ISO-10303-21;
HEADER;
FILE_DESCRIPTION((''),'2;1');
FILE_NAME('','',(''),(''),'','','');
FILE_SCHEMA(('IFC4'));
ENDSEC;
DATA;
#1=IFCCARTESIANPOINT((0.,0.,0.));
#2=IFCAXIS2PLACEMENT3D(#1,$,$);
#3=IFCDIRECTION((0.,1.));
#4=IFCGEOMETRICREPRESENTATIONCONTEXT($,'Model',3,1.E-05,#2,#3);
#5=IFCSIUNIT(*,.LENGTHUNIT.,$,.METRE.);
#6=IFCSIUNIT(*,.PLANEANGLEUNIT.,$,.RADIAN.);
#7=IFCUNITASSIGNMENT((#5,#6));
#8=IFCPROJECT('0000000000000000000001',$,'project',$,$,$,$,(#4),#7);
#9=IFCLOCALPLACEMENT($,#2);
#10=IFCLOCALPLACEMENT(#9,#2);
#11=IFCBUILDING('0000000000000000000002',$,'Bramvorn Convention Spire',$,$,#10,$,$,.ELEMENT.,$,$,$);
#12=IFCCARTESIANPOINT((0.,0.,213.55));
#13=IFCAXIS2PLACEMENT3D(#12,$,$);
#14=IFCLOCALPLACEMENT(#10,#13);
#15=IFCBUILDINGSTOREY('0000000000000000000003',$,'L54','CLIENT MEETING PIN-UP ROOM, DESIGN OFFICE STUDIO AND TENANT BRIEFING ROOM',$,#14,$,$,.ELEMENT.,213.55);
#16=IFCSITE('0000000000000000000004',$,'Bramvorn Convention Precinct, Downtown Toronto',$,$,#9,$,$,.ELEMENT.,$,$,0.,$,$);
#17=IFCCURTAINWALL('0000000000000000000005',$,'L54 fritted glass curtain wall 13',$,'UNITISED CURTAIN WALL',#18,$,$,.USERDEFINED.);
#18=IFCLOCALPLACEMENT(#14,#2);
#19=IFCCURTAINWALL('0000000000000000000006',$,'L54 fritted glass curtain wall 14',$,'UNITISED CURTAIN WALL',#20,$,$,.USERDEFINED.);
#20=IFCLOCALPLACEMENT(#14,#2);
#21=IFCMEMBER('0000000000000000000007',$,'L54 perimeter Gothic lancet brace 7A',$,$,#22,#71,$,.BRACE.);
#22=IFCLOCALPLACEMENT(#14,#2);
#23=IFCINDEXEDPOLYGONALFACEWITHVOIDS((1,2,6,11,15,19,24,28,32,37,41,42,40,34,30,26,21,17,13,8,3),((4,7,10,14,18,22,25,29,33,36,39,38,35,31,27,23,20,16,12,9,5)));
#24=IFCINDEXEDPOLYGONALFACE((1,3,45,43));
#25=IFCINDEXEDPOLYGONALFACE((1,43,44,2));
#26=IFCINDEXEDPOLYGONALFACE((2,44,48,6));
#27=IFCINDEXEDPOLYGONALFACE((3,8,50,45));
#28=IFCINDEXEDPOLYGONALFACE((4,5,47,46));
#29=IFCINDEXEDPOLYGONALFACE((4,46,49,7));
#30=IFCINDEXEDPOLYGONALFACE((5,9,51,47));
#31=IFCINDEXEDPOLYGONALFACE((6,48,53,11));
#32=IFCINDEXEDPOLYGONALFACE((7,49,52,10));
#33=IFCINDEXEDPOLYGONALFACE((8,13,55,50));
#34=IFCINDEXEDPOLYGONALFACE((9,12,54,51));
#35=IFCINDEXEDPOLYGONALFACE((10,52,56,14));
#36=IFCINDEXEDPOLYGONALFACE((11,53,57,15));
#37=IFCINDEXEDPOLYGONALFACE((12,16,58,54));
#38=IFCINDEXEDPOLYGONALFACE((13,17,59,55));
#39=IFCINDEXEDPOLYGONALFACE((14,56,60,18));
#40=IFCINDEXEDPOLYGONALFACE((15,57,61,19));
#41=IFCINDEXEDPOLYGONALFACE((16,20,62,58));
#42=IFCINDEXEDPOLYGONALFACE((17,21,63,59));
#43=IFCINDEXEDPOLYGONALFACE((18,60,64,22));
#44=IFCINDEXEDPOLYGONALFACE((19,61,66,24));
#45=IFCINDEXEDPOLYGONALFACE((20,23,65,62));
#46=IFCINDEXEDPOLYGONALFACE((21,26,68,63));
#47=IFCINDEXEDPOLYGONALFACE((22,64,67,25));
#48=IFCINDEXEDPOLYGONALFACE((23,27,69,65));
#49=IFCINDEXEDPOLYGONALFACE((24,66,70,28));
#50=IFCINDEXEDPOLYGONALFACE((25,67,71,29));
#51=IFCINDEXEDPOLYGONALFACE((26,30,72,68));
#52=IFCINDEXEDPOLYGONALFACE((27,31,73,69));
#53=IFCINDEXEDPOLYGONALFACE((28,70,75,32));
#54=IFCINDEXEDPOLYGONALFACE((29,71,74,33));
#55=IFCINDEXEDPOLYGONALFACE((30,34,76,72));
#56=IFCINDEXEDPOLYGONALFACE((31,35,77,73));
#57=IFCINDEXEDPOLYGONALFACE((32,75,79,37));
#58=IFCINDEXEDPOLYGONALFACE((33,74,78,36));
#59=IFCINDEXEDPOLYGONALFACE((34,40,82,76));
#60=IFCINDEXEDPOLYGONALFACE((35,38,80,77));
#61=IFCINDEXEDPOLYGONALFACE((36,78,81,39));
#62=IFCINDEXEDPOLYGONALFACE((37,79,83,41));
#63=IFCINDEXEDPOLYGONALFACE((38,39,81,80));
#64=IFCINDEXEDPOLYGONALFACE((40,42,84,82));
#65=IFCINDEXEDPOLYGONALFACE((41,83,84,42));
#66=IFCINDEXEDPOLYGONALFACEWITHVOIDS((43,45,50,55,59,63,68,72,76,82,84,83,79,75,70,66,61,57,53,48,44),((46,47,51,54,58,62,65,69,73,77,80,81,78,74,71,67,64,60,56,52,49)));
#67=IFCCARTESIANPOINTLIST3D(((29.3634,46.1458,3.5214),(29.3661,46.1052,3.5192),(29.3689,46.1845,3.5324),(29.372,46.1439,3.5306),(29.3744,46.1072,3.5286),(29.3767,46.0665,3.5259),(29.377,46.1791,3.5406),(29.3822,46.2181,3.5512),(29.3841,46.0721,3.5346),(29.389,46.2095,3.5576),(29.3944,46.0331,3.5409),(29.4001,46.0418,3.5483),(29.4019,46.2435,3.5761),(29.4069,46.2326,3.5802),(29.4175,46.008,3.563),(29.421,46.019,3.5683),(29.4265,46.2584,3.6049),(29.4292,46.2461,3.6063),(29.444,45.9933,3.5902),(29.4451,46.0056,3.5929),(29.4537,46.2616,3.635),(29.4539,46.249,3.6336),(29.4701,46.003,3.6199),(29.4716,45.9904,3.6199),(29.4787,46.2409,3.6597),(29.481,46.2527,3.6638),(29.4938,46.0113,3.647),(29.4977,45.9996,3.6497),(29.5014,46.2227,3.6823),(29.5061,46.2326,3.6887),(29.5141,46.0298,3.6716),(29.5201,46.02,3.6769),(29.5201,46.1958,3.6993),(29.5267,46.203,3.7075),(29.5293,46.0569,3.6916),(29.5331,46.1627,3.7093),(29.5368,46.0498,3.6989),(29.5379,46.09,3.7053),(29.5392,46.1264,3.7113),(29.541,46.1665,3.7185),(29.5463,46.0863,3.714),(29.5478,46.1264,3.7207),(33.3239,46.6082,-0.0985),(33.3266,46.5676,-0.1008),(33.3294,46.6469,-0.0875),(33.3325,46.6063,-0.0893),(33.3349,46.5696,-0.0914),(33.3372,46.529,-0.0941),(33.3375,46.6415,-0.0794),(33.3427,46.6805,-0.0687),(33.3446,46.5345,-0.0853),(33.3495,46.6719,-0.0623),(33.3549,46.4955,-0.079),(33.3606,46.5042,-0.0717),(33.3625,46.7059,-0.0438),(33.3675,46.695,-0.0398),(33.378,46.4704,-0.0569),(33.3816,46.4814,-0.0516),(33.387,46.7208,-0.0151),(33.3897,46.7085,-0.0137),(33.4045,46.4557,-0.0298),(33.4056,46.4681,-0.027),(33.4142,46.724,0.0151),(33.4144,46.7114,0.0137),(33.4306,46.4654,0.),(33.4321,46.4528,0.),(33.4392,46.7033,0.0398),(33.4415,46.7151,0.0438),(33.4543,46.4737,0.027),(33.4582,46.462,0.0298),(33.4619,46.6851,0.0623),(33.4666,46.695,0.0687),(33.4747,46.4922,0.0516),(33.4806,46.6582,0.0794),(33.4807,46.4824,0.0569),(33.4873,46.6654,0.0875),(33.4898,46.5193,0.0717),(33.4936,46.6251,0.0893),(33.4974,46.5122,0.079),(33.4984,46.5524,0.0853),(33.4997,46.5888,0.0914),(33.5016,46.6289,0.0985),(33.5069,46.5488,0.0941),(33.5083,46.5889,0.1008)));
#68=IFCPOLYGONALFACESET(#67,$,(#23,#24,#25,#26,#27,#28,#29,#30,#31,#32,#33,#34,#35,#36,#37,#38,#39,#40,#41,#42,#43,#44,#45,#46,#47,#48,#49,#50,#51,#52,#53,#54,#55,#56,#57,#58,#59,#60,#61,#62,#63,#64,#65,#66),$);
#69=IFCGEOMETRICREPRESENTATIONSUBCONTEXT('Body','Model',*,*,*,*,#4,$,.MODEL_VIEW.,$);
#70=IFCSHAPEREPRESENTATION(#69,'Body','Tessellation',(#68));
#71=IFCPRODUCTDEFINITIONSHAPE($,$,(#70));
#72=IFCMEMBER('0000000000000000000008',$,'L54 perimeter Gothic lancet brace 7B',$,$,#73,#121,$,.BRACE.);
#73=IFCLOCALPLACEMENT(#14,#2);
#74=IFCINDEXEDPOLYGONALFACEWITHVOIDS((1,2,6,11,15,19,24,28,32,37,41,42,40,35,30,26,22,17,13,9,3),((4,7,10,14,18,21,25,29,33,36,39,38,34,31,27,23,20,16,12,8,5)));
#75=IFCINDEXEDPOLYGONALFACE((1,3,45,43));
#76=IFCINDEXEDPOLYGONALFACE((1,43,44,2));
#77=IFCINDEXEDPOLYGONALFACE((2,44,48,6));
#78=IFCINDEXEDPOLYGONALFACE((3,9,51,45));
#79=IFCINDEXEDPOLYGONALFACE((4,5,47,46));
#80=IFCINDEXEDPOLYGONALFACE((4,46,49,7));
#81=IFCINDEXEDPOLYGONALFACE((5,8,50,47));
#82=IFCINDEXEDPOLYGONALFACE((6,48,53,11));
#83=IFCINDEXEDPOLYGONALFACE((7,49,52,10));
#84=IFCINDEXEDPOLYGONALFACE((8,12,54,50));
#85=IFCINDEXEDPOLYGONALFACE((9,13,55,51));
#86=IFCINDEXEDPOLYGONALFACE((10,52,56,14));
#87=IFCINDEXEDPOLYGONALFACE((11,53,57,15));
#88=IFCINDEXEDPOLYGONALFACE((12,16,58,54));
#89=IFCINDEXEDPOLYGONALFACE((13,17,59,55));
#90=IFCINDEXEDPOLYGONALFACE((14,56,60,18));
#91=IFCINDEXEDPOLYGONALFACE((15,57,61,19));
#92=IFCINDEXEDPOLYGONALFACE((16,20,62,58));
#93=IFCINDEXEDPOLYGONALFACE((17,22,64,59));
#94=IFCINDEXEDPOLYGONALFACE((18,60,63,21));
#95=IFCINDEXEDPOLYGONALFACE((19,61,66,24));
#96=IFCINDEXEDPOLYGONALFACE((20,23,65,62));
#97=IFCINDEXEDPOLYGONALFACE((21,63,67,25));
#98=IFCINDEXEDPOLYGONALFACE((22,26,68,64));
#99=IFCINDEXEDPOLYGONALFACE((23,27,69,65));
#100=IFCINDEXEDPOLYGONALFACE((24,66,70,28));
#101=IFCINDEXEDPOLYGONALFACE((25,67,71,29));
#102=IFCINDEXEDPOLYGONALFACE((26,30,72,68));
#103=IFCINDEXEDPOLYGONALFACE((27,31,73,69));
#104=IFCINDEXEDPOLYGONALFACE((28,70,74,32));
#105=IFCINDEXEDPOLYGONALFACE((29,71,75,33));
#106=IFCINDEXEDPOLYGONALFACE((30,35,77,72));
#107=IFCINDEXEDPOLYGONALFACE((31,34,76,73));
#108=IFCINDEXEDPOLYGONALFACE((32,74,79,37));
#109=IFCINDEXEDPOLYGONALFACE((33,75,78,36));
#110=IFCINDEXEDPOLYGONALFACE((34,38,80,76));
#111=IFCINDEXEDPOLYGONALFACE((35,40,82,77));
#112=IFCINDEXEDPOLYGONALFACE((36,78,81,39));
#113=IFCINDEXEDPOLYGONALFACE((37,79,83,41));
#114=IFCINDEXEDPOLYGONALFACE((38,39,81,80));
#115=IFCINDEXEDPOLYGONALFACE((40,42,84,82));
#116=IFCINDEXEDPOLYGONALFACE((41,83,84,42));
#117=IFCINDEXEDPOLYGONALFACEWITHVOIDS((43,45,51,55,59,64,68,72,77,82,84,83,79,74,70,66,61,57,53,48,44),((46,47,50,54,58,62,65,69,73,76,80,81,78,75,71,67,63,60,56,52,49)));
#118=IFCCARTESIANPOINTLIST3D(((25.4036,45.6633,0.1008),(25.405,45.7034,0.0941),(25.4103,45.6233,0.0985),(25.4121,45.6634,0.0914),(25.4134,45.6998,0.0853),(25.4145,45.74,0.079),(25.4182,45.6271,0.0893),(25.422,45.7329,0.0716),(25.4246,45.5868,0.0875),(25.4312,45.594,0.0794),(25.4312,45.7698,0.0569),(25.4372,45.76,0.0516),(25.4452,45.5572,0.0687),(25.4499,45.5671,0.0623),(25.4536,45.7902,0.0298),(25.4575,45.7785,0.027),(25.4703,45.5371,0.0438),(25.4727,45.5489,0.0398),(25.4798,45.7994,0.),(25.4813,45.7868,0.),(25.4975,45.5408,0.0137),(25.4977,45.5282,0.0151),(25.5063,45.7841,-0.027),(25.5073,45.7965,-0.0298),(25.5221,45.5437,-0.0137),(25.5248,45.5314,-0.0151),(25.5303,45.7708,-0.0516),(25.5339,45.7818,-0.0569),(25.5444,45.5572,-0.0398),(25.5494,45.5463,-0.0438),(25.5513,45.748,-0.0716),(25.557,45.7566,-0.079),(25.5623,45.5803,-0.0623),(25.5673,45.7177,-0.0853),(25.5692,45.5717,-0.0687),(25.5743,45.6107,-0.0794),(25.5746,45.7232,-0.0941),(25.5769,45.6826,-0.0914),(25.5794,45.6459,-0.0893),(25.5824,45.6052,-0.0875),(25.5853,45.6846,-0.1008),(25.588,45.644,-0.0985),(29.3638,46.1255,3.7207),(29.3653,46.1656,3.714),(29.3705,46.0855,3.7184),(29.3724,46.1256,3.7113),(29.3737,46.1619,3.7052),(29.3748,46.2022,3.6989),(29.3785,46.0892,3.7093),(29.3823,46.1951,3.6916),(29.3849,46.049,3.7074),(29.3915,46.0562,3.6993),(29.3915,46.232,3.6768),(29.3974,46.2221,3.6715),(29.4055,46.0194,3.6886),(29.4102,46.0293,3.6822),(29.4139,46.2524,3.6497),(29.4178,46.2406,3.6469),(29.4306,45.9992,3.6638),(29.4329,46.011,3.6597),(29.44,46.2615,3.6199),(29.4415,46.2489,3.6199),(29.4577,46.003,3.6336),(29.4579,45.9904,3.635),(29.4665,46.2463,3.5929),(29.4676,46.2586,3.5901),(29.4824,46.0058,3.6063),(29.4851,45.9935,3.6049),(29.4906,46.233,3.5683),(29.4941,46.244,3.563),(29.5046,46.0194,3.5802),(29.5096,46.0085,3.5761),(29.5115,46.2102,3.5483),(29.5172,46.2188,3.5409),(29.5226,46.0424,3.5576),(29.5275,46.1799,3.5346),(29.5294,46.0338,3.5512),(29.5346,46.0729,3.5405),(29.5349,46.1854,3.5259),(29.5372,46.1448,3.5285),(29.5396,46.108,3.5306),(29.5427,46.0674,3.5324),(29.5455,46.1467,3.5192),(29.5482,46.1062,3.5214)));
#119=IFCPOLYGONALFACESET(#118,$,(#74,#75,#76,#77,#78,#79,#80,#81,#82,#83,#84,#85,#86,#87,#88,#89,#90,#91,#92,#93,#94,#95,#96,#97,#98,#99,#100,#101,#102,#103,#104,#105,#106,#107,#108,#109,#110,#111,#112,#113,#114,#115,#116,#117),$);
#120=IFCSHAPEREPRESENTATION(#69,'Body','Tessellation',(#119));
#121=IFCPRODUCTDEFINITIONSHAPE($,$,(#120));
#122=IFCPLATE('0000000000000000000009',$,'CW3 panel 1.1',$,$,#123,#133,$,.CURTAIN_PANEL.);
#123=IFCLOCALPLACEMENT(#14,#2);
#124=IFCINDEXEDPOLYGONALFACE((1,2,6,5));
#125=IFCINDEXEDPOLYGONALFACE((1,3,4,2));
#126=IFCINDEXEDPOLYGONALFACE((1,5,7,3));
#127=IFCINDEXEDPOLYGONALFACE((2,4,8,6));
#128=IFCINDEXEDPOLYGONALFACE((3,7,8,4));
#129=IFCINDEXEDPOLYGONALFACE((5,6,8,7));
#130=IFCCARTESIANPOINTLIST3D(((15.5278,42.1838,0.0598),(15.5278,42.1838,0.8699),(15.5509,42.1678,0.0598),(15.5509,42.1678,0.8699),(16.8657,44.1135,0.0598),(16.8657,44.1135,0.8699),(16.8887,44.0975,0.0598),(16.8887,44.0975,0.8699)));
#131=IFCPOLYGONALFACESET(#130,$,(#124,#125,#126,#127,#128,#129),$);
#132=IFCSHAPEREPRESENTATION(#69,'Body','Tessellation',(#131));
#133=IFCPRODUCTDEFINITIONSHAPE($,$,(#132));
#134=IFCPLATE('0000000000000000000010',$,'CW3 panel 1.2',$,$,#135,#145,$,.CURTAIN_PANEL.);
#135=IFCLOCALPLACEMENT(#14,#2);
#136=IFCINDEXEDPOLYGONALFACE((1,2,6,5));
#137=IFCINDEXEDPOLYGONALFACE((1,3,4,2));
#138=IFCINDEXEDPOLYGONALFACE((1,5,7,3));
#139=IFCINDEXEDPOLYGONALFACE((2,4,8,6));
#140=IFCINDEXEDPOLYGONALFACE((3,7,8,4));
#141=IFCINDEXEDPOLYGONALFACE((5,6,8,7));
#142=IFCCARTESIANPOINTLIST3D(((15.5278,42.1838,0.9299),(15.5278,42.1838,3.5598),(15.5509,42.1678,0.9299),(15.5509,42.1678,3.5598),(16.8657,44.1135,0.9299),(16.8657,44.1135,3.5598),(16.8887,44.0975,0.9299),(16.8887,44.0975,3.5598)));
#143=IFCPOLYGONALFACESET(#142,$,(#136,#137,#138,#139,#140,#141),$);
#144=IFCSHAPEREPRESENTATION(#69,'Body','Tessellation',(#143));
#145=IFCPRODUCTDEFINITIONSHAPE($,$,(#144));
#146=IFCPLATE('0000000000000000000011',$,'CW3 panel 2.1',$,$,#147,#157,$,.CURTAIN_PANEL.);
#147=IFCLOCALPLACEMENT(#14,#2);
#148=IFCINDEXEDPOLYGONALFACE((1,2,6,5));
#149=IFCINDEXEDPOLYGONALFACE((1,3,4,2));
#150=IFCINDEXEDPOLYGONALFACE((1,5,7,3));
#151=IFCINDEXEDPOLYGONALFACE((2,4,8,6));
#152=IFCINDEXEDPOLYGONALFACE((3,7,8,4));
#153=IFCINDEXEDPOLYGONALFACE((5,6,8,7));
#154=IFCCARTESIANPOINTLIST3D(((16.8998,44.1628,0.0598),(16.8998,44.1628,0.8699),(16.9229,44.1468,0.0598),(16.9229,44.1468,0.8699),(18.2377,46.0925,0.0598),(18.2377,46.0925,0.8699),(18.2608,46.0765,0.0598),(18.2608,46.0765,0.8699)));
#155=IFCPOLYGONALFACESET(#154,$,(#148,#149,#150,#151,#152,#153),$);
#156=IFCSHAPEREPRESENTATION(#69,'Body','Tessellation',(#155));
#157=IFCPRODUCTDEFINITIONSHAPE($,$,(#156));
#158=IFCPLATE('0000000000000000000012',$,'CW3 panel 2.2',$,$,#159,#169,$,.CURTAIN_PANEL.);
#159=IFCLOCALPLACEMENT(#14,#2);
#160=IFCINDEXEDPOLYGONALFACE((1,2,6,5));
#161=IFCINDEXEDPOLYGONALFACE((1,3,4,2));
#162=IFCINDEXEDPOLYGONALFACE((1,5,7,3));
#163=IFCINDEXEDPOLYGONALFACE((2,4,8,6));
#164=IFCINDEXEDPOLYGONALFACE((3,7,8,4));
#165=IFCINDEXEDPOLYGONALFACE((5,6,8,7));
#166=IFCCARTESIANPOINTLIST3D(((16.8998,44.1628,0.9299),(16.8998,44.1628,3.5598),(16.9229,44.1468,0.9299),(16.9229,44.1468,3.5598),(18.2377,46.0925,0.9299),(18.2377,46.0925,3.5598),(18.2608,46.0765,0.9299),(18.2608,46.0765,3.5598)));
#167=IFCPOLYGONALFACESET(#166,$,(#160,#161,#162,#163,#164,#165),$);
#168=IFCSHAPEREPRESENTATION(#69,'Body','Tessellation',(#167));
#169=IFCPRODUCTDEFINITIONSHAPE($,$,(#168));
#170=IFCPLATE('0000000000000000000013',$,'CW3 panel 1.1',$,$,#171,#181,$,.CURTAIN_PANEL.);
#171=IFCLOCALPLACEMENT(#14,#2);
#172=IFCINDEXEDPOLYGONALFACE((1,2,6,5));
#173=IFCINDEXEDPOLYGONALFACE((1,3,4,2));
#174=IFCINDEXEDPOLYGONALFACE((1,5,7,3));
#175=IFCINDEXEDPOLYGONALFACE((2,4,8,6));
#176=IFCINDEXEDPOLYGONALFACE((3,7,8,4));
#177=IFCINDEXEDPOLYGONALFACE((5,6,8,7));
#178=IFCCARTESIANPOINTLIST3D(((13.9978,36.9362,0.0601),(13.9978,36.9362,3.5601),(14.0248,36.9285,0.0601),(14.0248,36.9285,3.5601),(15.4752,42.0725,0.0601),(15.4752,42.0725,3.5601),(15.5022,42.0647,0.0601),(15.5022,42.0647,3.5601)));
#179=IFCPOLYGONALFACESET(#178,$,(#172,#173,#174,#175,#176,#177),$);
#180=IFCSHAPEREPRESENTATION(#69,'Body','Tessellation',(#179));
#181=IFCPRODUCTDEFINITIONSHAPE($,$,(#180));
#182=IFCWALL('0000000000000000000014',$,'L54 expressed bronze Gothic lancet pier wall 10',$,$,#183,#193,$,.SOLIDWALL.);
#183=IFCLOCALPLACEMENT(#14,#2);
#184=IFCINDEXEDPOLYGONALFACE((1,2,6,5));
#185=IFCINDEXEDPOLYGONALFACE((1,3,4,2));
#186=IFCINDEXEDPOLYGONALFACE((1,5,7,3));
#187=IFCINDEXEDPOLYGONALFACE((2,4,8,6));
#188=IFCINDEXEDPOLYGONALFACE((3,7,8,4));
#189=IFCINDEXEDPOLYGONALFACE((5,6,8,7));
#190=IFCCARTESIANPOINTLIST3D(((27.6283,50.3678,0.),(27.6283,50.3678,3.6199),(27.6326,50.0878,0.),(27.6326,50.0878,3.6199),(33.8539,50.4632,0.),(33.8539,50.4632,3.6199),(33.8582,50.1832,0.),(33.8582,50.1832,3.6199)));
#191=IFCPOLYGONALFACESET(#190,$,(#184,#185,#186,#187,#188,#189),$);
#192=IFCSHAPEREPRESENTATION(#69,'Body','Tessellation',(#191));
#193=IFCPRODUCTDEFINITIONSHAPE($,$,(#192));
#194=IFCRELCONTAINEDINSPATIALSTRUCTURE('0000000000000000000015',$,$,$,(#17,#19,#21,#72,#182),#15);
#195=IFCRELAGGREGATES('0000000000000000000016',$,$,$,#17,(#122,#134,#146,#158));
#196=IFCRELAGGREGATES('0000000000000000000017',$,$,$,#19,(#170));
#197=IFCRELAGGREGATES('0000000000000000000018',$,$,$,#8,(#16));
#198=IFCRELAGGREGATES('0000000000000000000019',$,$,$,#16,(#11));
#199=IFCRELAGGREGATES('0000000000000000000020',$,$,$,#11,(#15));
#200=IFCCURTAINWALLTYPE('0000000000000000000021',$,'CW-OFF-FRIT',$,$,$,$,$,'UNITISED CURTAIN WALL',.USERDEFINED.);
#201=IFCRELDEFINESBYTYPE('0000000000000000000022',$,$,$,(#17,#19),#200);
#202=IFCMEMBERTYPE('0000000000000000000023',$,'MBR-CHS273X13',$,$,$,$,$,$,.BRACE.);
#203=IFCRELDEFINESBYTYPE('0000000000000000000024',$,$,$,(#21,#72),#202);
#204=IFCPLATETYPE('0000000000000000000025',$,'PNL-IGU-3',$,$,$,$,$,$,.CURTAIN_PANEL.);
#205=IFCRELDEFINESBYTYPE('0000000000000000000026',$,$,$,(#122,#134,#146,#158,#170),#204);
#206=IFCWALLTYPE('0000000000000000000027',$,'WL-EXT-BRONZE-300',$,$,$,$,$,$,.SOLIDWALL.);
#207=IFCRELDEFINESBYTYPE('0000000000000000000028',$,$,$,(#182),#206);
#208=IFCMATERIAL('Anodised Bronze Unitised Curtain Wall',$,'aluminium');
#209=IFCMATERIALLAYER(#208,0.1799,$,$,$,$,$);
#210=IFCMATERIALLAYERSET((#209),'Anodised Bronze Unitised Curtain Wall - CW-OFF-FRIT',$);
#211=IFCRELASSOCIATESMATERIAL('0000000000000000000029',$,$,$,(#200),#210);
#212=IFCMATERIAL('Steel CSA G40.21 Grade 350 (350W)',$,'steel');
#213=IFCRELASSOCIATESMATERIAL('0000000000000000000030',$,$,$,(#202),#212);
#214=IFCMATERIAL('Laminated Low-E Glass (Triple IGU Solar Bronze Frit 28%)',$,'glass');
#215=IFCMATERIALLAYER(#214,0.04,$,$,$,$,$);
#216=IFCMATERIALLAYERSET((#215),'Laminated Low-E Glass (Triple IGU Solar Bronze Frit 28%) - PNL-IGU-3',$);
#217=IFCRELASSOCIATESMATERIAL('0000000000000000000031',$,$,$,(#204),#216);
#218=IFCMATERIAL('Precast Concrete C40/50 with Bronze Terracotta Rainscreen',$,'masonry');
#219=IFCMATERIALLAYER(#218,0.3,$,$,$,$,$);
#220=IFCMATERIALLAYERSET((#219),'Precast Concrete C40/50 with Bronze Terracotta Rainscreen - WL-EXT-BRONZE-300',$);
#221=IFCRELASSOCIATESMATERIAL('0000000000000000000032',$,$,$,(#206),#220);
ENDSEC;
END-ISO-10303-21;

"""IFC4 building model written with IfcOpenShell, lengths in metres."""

from ifc_helpers import new_model, si_unit, direction, frame, frame_2d, origin, origin_2d, place, context, subcontext, project, spatial, rectangle, hollow_circle, extrude, material, layer, layer_set, material_profile, profile_set, type_object, element, aggregate, save


model = new_model("IFC4")

# Units and contexts
model_context = context("Model", 3, precision=1e-05, world=origin(), true_north=direction((0.0, 1.0)))
body_context = subcontext(model_context, "Body", "Model", "MODEL_VIEW")
ifc_project = project(units=[si_unit("LENGTHUNIT", "METRE"), si_unit("PLANEANGLEUNIT", "RADIAN")], contexts=[model_context])

# Site, building, storey
site_placement = place(None, origin())
site = spatial("IfcSite", under=ifc_project, at=site_placement, Name="Bramvorn Convention Precinct, Downtown Toronto", CompositionType="ELEMENT", RefElevation=0.0)
building_placement = place(site_placement, origin())
building = spatial("IfcBuilding", under=site, at=building_placement, Name="Bramvorn Convention Spire", CompositionType="ELEMENT")
storey_placement = place(building_placement, frame((0.0, 0.0, 213.55)))
storey = spatial("IfcBuildingStorey", under=building, at=storey_placement, Name="L54", Description="CLIENT MEETING PIN-UP ROOM, DESIGN OFFICE STUDIO AND TENANT BRIEFING ROOM", CompositionType="ELEMENT", Elevation=213.55)

# Shared definitions
ifc_material_1 = material(Name="Steel CSA G40.21 Grade 350 (350W)", Category="steel")

# Curtain walls
ifc_material_2 = material(Name="Anodised Bronze Unitised Curtain Wall", Category="aluminium")
ifc_layer_1 = layer(ifc_material_2, 0.1799)
ifc_layer_set_1 = layer_set([ifc_layer_1], Name="Anodised Bronze Unitised Curtain Wall - CW-OFF-FRIT")
curtain_wall_type = type_object("IfcCurtainWallType", Name="CW-OFF-FRIT", ElementType="UNITISED CURTAIN WALL", PredefinedType="USERDEFINED", material=ifc_layer_set_1)
curtain_wall_1_placement = place(storey_placement, origin())
curtain_wall_1 = element("IfcCurtainWall", 1, at=curtain_wall_1_placement, inside=storey, type_object=curtain_wall_type, Name="L54 fritted glass curtain wall 13", ObjectType="UNITISED CURTAIN WALL", PredefinedType="USERDEFINED")
curtain_wall_2_placement = place(storey_placement, origin())
curtain_wall_2 = element("IfcCurtainWall", 2, at=curtain_wall_2_placement, inside=storey, type_object=curtain_wall_type, Name="L54 fritted glass curtain wall 14", ObjectType="UNITISED CURTAIN WALL", PredefinedType="USERDEFINED")

# Members
ifc_material_profile_1 = material_profile(ifc_material_1, hollow_circle(Radius=0.1365, WallThickness=0.0127, at=origin_2d()))
ifc_profile_set_1 = profile_set([ifc_material_profile_1], Name="Steel CSA G40.21 Grade 350 (350W) - CHS273X13")
member_type_1 = type_object("IfcMemberType", Name="MBR-CHS273X13", PredefinedType="BRACE", material=ifc_profile_set_1)
member_1_placement = place(storey_placement, frame((33.4163, 46.5884, 0.0), z_axis=(-0.735406, -0.085862, 0.672165), x_axis=(0.115967, -0.993253, 0.0)))
element("IfcMember", 3, at=member_1_placement, inside=storey, type_object=member_type_1, Name="L54 perimeter Gothic lancet brace 7A", PredefinedType="BRACE", context=body_context, shape_type="SweptSolid", body=[
    extrude(hollow_circle(Radius=0.1365, WallThickness=0.0127, at=origin_2d()), origin(), (0.0, 0.0, 1.0), 5.3855),
])
member_2_placement = place(storey_placement, frame((25.4956, 45.6638, 0.0), z_axis=(0.735388, 0.08582, 0.67219), x_axis=(-0.115914, 0.993259, 0.0)))
element("IfcMember", 4, at=member_2_placement, inside=storey, type_object=member_type_1, Name="L54 perimeter Gothic lancet brace 7B", PredefinedType="BRACE", context=body_context, shape_type="SweptSolid", body=[
    extrude(hollow_circle(Radius=0.1365, WallThickness=0.0127, at=origin_2d()), origin(), (0.0, 0.0, 1.0), 5.3853),
])

# Plates
ifc_material_3 = material(Name="Laminated Low-E Glass (Triple IGU Solar Bronze Frit 28%)", Category="glass")
ifc_layer_2 = layer(ifc_material_3, 0.04)
ifc_layer_set_2 = layer_set([ifc_layer_2], Name="Laminated Low-E Glass (Triple IGU Solar Bronze Frit 28%) - PNL-IGU-3")
plate_type = type_object("IfcPlateType", Name="PNL-IGU-3", PredefinedType="CURTAIN_PANEL", material=ifc_layer_set_2)
plate_1_placement = place(storey_placement, frame((16.2083, 43.1406, 0.0598), z_axis=(0.0, 0.0, 1.0), x_axis=(0.569757, 0.821813, 0.0)))
plate_1 = element("IfcPlate", 5, at=plate_1_placement, type_object=plate_type, Name="CW3 panel 1.1", PredefinedType="CURTAIN_PANEL", context=body_context, shape_type="SweptSolid", body=[
    extrude(rectangle(XDim=2.3481, YDim=0.0281, at=origin_2d()), origin(), (0.0, 0.0, 1.0), 0.8101),
])
plate_2_placement = place(storey_placement, frame((16.2083, 43.1406, 0.9299), z_axis=(0.0, 0.0, 1.0), x_axis=(0.569757, 0.821813, 0.0)))
plate_2 = element("IfcPlate", 6, at=plate_2_placement, type_object=plate_type, Name="CW3 panel 1.2", PredefinedType="CURTAIN_PANEL", context=body_context, shape_type="SweptSolid", body=[
    extrude(rectangle(XDim=2.3481, YDim=0.0281, at=origin_2d()), origin(), (0.0, 0.0, 1.0), 2.6299),
])
plate_3_placement = place(storey_placement, frame((17.5803, 45.1196, 0.0598), z_axis=(0.0, 0.0, 1.0), x_axis=(0.569757, 0.821813, 0.0)))
plate_3 = element("IfcPlate", 7, at=plate_3_placement, type_object=plate_type, Name="CW3 panel 2.1", PredefinedType="CURTAIN_PANEL", context=body_context, shape_type="SweptSolid", body=[
    extrude(rectangle(XDim=2.3481, YDim=0.0281, at=origin_2d()), origin(), (0.0, 0.0, 1.0), 0.8101),
])
plate_4_placement = place(storey_placement, frame((17.5803, 45.1196, 0.9299), z_axis=(0.0, 0.0, 1.0), x_axis=(0.569757, 0.821813, 0.0)))
plate_4 = element("IfcPlate", 8, at=plate_4_placement, type_object=plate_type, Name="CW3 panel 2.2", PredefinedType="CURTAIN_PANEL", context=body_context, shape_type="SweptSolid", body=[
    extrude(rectangle(XDim=2.3481, YDim=0.0281, at=origin_2d()), origin(), (0.0, 0.0, 1.0), 2.6299),
])
aggregate(curtain_wall_1, [plate_1, plate_2, plate_3, plate_4])
plate_5_placement = place(storey_placement, frame((14.75, 39.5005, 0.0601), z_axis=(0.0, 0.0, 1.0), x_axis=(0.27642, 0.961037, 0.0)))
plate_5 = element("IfcPlate", 9, at=plate_5_placement, type_object=plate_type, Name="CW3 panel 1.1", PredefinedType="CURTAIN_PANEL", context=body_context, shape_type="SweptSolid", body=[
    extrude(rectangle(XDim=5.3445, YDim=0.0281, at=origin_2d()), origin(), (0.0, 0.0, 1.0), 3.5),
])
aggregate(curtain_wall_2, [plate_5])

# Wall
ifc_material_4 = material(Name="Precast Concrete C40/50 with Bronze Terracotta Rainscreen", Category="masonry")
ifc_layer_3 = layer(ifc_material_4, 0.3)
ifc_layer_set_3 = layer_set([ifc_layer_3], Name="Precast Concrete C40/50 with Bronze Terracotta Rainscreen - WL-EXT-BRONZE-300")
wall_type = type_object("IfcWallType", Name="WL-EXT-BRONZE-300", PredefinedType="SOLIDWALL", material=ifc_layer_set_3)
wall_1_placement = place(storey_placement, frame((27.6304, 50.2278, 0.0), z_axis=(0.0, 0.0, 1.0), x_axis=(0.999882, 0.015332, 0.0)))
element("IfcWall", 10, at=wall_1_placement, inside=storey, type_object=wall_type, Name="L54 expressed bronze Gothic lancet pier wall 10", PredefinedType="SOLIDWALL", context=body_context, shape_type="SweptSolid", body=[
    extrude(rectangle(XDim=6.2263, YDim=0.28, at=frame_2d((3.1133, 0.0))), origin(), (0.0, 0.0, 1.0), 3.6199),
])

save(model, "model.ifc")
